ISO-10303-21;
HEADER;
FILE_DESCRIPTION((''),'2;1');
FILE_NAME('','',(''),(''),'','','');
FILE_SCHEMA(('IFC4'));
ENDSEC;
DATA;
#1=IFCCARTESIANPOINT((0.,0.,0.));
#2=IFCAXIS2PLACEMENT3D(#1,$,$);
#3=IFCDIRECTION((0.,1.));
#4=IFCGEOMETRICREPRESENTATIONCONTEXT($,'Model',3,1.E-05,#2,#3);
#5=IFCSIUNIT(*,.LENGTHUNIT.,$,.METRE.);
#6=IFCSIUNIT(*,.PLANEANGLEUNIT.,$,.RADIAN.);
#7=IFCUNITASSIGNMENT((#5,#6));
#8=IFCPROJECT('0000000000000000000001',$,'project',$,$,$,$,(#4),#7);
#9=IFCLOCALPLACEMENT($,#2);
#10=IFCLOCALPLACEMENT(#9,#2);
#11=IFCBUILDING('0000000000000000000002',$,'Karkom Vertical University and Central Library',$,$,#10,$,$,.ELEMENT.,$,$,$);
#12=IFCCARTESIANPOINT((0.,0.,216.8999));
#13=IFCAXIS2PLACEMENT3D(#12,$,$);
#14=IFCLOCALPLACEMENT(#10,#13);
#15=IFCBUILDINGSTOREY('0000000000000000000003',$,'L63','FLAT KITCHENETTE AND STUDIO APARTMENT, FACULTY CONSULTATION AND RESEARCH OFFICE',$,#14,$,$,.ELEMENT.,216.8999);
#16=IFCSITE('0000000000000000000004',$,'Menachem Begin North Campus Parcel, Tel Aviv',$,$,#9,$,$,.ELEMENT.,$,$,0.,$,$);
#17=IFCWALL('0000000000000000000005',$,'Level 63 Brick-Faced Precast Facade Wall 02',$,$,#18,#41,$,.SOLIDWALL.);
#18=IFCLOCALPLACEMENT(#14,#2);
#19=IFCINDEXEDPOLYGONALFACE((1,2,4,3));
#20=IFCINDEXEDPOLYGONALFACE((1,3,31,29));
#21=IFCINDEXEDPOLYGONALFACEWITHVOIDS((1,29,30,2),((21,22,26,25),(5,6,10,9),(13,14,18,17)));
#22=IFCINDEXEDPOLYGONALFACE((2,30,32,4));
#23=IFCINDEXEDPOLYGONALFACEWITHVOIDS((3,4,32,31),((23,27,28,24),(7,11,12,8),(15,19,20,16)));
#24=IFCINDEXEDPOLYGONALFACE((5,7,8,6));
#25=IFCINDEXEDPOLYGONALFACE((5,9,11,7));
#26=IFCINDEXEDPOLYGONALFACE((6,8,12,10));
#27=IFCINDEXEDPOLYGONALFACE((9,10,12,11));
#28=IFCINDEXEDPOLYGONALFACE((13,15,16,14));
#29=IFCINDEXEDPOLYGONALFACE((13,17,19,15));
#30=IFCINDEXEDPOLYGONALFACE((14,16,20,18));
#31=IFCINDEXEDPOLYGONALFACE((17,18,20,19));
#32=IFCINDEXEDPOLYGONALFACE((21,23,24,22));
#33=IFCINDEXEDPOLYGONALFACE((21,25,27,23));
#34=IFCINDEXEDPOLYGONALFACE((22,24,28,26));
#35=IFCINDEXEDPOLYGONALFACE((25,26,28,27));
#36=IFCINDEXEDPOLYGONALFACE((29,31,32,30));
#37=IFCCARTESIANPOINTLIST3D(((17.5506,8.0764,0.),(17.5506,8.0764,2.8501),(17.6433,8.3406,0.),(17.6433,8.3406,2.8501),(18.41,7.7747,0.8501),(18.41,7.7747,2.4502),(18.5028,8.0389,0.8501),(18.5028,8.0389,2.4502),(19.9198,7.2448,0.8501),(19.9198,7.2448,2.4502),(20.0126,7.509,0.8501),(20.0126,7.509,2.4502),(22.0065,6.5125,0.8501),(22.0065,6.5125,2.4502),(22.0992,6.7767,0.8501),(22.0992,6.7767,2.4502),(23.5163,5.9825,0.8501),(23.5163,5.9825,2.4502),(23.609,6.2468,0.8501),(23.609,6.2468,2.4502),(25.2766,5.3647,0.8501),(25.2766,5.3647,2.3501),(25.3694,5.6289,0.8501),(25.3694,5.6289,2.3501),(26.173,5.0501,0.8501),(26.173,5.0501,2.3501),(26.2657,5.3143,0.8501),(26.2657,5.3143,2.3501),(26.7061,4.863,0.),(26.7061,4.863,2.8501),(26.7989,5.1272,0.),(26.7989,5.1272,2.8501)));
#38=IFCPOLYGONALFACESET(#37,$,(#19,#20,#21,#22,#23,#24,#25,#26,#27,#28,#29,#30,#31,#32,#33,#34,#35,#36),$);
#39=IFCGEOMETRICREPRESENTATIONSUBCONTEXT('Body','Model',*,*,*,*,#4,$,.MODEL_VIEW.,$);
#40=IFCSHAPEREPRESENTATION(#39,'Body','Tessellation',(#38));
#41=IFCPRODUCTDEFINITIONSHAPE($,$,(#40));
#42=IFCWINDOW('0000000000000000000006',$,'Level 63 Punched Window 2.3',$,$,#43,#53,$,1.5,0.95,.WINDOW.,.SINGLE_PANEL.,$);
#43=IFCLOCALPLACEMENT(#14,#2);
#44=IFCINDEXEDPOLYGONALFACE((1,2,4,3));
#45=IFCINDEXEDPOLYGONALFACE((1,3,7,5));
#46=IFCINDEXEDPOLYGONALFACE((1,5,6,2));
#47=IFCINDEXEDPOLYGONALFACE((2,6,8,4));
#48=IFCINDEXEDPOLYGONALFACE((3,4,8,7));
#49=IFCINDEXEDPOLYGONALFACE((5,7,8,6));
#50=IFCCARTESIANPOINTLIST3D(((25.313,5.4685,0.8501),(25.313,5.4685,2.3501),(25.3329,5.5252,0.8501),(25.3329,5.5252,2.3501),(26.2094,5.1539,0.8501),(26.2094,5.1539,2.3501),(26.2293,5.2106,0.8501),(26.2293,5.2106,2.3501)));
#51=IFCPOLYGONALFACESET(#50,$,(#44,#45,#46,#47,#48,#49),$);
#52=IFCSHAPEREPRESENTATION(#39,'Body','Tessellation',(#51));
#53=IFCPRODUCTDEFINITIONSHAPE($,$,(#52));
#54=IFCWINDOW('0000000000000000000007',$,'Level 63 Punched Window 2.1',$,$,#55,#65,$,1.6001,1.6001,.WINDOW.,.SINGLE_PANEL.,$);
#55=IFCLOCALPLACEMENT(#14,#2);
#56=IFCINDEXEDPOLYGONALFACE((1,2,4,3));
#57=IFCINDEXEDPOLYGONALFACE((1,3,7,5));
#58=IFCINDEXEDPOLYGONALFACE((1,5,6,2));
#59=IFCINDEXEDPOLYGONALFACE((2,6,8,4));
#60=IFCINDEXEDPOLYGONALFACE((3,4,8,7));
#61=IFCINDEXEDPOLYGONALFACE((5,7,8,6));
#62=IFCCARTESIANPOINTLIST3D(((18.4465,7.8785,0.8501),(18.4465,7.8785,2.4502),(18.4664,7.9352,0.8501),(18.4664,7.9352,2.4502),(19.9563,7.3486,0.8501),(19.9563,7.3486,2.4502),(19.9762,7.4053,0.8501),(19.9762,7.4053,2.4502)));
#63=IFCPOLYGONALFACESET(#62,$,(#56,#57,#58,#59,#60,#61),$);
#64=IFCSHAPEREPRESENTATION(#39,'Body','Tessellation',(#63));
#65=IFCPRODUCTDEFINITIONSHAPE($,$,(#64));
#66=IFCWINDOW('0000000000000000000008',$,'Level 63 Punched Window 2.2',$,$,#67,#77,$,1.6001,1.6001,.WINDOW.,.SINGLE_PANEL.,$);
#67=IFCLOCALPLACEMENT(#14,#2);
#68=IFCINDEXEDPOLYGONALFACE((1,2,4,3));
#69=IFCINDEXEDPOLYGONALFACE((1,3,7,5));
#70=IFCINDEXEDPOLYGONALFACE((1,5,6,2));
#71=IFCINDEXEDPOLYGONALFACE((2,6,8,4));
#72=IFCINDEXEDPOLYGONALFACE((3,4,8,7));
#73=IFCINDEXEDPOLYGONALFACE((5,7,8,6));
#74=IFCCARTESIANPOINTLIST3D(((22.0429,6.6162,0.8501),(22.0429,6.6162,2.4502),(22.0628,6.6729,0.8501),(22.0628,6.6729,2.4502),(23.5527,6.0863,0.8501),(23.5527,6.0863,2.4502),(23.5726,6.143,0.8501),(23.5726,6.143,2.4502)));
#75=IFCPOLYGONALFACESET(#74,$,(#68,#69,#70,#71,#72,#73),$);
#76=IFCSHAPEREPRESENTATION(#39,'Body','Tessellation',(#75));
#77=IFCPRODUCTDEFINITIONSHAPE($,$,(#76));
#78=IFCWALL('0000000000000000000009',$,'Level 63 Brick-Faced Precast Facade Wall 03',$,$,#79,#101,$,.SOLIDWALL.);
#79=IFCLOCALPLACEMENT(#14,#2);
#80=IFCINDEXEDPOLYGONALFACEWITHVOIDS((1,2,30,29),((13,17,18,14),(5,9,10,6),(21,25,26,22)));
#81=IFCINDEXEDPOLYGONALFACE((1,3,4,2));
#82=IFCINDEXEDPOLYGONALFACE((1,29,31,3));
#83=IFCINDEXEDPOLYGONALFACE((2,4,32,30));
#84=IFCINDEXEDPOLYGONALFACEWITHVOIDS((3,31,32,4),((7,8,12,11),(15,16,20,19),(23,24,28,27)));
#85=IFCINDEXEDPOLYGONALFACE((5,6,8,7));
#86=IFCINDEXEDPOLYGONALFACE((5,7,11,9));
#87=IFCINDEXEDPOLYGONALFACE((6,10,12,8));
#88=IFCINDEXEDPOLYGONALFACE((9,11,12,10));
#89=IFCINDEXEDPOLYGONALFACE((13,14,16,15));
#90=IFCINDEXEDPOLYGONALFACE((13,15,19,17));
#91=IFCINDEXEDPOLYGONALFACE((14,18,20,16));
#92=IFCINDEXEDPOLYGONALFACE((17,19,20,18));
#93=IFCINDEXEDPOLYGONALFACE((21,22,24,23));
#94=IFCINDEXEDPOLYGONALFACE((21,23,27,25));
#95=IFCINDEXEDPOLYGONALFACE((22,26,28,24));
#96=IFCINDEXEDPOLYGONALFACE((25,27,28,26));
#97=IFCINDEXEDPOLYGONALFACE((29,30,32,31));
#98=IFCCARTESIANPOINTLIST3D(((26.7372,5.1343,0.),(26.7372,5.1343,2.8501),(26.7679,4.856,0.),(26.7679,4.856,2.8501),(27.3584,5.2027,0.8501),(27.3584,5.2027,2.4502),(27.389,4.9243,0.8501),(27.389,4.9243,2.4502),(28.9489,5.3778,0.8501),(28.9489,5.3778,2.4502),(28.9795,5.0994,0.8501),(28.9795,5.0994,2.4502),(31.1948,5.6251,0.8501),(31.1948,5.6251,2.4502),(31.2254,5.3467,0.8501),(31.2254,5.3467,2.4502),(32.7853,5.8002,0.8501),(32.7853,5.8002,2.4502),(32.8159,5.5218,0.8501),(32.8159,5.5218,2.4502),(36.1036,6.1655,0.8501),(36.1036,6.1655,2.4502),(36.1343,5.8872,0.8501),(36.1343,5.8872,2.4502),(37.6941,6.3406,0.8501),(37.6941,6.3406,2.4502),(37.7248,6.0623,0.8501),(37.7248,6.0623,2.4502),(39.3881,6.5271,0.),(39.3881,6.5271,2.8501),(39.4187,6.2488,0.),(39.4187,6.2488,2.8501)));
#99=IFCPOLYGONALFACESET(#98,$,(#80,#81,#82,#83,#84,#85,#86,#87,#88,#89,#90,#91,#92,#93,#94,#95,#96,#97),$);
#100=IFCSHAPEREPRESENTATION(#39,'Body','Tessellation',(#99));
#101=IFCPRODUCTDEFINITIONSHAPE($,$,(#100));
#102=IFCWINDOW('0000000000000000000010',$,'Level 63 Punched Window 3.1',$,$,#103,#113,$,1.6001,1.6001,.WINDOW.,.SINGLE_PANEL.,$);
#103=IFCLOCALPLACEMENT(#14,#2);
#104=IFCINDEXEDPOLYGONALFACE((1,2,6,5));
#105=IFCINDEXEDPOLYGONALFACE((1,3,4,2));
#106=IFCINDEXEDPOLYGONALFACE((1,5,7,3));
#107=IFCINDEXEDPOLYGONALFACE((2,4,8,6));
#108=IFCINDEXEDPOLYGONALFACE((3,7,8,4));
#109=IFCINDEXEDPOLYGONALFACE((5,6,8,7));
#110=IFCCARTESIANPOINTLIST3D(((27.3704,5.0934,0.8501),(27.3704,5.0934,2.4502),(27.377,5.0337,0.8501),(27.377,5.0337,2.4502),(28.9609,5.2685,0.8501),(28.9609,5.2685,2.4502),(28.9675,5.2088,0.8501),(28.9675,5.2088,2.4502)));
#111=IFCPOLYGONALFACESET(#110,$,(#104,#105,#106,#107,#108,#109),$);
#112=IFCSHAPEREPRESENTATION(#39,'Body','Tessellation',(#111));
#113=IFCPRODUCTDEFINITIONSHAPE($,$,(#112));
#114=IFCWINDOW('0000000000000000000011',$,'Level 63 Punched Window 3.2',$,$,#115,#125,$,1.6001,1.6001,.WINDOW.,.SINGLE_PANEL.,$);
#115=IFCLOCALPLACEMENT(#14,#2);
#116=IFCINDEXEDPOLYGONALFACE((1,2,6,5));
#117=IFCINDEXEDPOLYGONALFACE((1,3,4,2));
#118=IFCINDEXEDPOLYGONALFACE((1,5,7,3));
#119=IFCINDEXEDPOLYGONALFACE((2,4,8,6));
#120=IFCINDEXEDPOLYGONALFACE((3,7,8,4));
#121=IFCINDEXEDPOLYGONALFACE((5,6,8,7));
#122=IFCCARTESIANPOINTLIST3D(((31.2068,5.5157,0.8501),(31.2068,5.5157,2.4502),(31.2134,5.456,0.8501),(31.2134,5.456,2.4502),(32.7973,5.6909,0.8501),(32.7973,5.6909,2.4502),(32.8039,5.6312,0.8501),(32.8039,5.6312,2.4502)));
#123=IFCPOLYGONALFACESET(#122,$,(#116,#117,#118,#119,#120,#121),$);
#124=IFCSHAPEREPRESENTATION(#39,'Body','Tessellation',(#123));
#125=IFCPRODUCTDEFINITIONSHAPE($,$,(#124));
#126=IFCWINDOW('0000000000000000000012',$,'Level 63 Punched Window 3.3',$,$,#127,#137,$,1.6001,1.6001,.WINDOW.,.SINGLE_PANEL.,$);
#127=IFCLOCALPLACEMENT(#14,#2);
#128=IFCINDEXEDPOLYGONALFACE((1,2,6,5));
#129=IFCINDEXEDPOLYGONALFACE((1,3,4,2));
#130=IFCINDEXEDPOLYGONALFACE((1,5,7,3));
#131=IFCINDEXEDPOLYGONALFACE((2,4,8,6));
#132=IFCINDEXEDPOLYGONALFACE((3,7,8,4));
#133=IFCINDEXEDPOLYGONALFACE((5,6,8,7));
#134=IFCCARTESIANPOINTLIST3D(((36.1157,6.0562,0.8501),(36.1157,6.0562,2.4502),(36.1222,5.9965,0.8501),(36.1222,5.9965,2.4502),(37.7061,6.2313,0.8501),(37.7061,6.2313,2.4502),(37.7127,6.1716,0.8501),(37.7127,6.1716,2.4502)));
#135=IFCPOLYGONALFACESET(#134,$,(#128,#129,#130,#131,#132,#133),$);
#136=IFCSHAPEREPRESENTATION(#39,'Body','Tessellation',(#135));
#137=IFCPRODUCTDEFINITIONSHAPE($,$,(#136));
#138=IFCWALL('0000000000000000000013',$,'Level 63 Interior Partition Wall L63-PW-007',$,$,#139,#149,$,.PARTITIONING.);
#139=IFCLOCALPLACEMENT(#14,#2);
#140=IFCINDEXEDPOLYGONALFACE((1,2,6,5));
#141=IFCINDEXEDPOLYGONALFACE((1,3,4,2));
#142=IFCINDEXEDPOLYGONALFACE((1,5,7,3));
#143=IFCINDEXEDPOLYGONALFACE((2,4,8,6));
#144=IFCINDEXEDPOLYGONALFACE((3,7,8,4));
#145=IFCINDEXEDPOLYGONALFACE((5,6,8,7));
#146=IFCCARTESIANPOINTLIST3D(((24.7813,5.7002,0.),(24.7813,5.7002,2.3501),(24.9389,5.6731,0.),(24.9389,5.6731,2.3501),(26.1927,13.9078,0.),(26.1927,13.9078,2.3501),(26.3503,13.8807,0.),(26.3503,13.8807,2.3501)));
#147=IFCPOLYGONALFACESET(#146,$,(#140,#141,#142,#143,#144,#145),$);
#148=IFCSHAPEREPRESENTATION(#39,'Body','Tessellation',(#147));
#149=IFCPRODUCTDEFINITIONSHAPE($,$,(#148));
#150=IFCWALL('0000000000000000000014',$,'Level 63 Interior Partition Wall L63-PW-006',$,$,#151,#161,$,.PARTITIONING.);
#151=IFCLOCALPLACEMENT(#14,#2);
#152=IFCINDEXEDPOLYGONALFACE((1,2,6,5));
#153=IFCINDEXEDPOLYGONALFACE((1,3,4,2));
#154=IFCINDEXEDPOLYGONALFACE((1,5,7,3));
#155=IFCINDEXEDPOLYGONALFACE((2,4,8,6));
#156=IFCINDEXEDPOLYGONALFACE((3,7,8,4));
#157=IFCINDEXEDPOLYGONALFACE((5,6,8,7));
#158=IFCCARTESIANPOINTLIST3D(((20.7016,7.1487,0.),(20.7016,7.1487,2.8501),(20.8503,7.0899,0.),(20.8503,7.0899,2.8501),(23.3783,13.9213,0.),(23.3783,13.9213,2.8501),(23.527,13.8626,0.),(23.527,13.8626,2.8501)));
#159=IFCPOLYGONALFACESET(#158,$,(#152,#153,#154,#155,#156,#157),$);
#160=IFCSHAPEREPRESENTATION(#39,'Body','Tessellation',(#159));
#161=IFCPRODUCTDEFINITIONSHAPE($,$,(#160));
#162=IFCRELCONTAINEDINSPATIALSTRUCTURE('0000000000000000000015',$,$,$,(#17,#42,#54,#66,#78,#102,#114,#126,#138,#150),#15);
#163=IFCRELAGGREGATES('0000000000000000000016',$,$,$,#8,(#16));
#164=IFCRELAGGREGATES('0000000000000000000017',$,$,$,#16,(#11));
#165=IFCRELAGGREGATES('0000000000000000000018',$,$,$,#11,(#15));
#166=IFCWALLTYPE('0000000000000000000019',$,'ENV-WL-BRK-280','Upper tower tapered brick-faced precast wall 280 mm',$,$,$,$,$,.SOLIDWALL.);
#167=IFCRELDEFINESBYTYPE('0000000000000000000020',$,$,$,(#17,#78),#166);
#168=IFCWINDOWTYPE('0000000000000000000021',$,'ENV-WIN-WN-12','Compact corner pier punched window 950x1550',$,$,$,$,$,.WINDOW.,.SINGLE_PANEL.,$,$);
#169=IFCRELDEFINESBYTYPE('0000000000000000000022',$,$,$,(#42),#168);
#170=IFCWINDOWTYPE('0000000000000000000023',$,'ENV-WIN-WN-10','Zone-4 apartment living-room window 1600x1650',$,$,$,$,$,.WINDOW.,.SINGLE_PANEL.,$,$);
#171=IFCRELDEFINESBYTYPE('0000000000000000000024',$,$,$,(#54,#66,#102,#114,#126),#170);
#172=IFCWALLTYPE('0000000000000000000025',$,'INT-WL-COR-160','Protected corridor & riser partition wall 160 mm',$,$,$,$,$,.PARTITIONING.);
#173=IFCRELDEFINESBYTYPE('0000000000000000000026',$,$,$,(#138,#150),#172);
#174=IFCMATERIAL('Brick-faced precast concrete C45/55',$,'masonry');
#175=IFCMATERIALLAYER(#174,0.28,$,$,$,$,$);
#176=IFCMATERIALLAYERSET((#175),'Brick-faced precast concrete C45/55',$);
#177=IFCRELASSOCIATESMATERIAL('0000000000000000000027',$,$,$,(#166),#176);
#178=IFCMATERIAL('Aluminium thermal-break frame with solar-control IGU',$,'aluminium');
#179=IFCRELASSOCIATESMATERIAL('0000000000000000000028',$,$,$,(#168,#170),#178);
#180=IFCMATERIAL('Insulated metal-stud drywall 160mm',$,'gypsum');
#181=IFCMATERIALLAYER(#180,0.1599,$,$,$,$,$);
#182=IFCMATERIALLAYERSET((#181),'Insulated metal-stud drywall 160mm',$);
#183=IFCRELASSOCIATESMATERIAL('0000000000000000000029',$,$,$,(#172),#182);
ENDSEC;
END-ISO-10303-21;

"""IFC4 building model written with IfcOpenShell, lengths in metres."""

from ifc_helpers import new_model, si_unit, direction, frame, frame_2d, origin, origin_with_axes, place, context, subcontext, project, spatial, rectangle, extrude, source, transform, mapped, material, layer, layer_set, type_object, element, fill, save


model = new_model("IFC4")

# Units and contexts
model_context = context("Model", 3, precision=1e-05, world=origin(), true_north=direction((0.0, 1.0)))
body_context = subcontext(model_context, "Body", "Model", "MODEL_VIEW")
ifc_project = project(units=[si_unit("LENGTHUNIT", "METRE"), si_unit("PLANEANGLEUNIT", "RADIAN")], contexts=[model_context])

# Site, building, storey
site_placement = place(None, origin())
site = spatial("IfcSite", under=ifc_project, at=site_placement, Name="Menachem Begin North Campus Parcel, Tel Aviv", CompositionType="ELEMENT", RefElevation=0.0)
building_placement = place(site_placement, origin())
building = spatial("IfcBuilding", under=site, at=building_placement, Name="Karkom Vertical University and Central Library", CompositionType="ELEMENT")
storey_placement = place(building_placement, frame((0.0, 0.0, 216.8999)))
storey = spatial("IfcBuildingStorey", under=building, at=storey_placement, Name="L63", Description="FLAT KITCHENETTE AND STUDIO APARTMENT, FACULTY CONSULTATION AND RESEARCH OFFICE", CompositionType="ELEMENT", Elevation=216.8999)

# Walls, openings, windows
ifc_material_1 = material(Name="Brick-faced precast concrete C45/55", Category="masonry")
ifc_layer_1 = layer(ifc_material_1, 0.28)
ifc_layer_set_1 = layer_set([ifc_layer_1], Name="Brick-faced precast concrete C45/55")
wall_type_1 = type_object("IfcWallType", Name="ENV-WL-BRK-280", Description="Upper tower tapered brick-faced precast wall 280 mm", PredefinedType="SOLIDWALL", material=ifc_layer_set_1)
wall_1_placement = place(storey_placement, frame((17.5969, 8.2085, 0.0), z_axis=(0.0, 0.0, 1.0), x_axis=(0.94357, -0.331172, 0.0)))
wall_1 = element("IfcWall", 1, at=wall_1_placement, inside=storey, type_object=wall_type_1, Name="Level 63 Brick-Faced Precast Facade Wall 02", PredefinedType="SOLIDWALL", context=body_context, shape_type="SweptSolid", body=[
    extrude(rectangle(XDim=9.7031, YDim=0.28, at=frame_2d((4.8516, 0.0))), origin(), (0.0, 0.0, 1.0), 2.8501),
])
opening_1_placement = place(wall_1_placement, frame((0.9109, 0.0, 0.8501)))
opening_1 = element("IfcOpeningElement", 2, at=opening_1_placement, cuts=wall_1, PredefinedType="OPENING", context=body_context, shape_type="SweptSolid", body=[
    extrude(rectangle(XDim=1.6001, YDim=1.6001, at=frame_2d((0.8, 0.8))), frame((0.0, 0.1499, 0.0), z_axis=(0.0, -1.0, 0.0), x_axis=(1.0, 0.0, 0.0)), (0.0, 0.0, 1.0), 0.3),
])
opening_2_placement = place(wall_1_placement, frame((4.7224, 0.0, 0.8501)))
opening_2 = element("IfcOpeningElement", 3, at=opening_2_placement, cuts=wall_1, PredefinedType="OPENING", context=body_context, shape_type="SweptSolid", body=[
    extrude(rectangle(XDim=1.6001, YDim=1.6001, at=frame_2d((0.8, 0.8))), frame((0.0, 0.1499, 0.0), z_axis=(0.0, -1.0, 0.0), x_axis=(1.0, 0.0, 0.0)), (0.0, 0.0, 1.0), 0.3),
])
opening_3_placement = place(wall_1_placement, frame((8.188, 0.0, 0.8501)))
opening_3 = element("IfcOpeningElement", 4, at=opening_3_placement, cuts=wall_1, PredefinedType="OPENING", context=body_context, shape_type="SweptSolid", body=[
    extrude(rectangle(XDim=0.95, YDim=1.5, at=frame_2d((0.4751, 0.75))), frame((0.0, 0.1499, 0.0), z_axis=(0.0, -1.0, 0.0), x_axis=(1.0, 0.0, 0.0)), (0.0, 0.0, 1.0), 0.3),
])
ifc_material_2 = material(Name="Aluminium thermal-break frame with solar-control IGU", Category="aluminium")
window_type_1 = type_object("IfcWindowType", Name="ENV-WIN-WN-12", Description="Compact corner pier punched window 950x1550", PartitioningType="SINGLE_PANEL", PredefinedType="WINDOW", material=ifc_material_2)
shared_shape_1 = source(origin_with_axes(), body_context, "Body", "SweptSolid", [
    extrude(rectangle(XDim=0.95, YDim=1.5, at=frame_2d((0.4751, 0.75))), frame((0.0, 0.03, 0.0), z_axis=(0.0, -1.0, 0.0), x_axis=(1.0, 0.0, 0.0)), (0.0, 0.0, 1.0), 0.0601),
])
window_1_placement = place(opening_3_placement, origin())
window_1 = element("IfcWindow", 5, at=window_1_placement, inside=storey, type_object=window_type_1, Name="Level 63 Punched Window 2.3", OverallHeight=1.5, OverallWidth=0.95, PartitioningType="SINGLE_PANEL", PredefinedType="WINDOW", context=body_context, shape_type="MappedRepresentation", body=[
    mapped(shared_shape_1, transform((0.0, 0.0, 0.0), scale=1.0)),
])
fill(opening_3, window_1)
window_type_2 = type_object("IfcWindowType", Name="ENV-WIN-WN-10", Description="Zone-4 apartment living-room window 1600x1650", PartitioningType="SINGLE_PANEL", PredefinedType="WINDOW", material=ifc_material_2)
shared_shape_2 = source(origin_with_axes(), body_context, "Body", "SweptSolid", [
    extrude(rectangle(XDim=1.6001, YDim=1.6001, at=frame_2d((0.8, 0.8))), frame((0.0, 0.03, 0.0), z_axis=(0.0, -1.0, 0.0), x_axis=(1.0, 0.0, 0.0)), (0.0, 0.0, 1.0), 0.0601),
])
window_2_placement = place(opening_1_placement, origin())
window_2 = element("IfcWindow", 6, at=window_2_placement, inside=storey, type_object=window_type_2, Name="Level 63 Punched Window 2.1", OverallHeight=1.6001, OverallWidth=1.6001, PartitioningType="SINGLE_PANEL", PredefinedType="WINDOW", context=body_context, shape_type="MappedRepresentation", body=[
    mapped(shared_shape_2, transform((0.0, 0.0, 0.0), scale=1.0)),
])
fill(opening_1, window_2)
window_3_placement = place(opening_2_placement, origin())
window_3 = element("IfcWindow", 7, at=window_3_placement, inside=storey, type_object=window_type_2, Name="Level 63 Punched Window 2.2", OverallHeight=1.6001, OverallWidth=1.6001, PartitioningType="SINGLE_PANEL", PredefinedType="WINDOW", context=body_context, shape_type="MappedRepresentation", body=[
    mapped(shared_shape_2, transform((0.0, 0.0, 0.0), scale=1.0)),
])
fill(opening_2, window_3)
wall_2_placement = place(storey_placement, frame((26.7524, 4.9951, 0.0), z_axis=(0.0, 0.0, 1.0), x_axis=(0.993994, 0.109436, 0.0)))
wall_2 = element("IfcWall", 8, at=wall_2_placement, inside=storey, type_object=wall_type_1, Name="Level 63 Brick-Faced Precast Facade Wall 03", PredefinedType="SOLIDWALL", context=body_context, shape_type="SweptSolid", body=[
    extrude(rectangle(XDim=12.7273, YDim=0.28, at=frame_2d((6.3638, 0.0))), origin(), (0.0, 0.0, 1.0), 2.8501),
])
opening_4_placement = place(wall_2_placement, frame((0.625, 0.0, 0.8501)))
opening_4 = element("IfcOpeningElement", 9, at=opening_4_placement, cuts=wall_2, PredefinedType="OPENING", context=body_context, shape_type="SweptSolid", body=[
    extrude(rectangle(XDim=1.6001, YDim=1.6001, at=frame_2d((0.8, 0.8))), frame((0.0, 0.1499, 0.0), z_axis=(0.0, -1.0, 0.0), x_axis=(1.0, 0.0, 0.0)), (0.0, 0.0, 1.0), 0.3),
])
opening_5_placement = place(wall_2_placement, frame((4.4846, 0.0, 0.8501)))
opening_5 = element("IfcOpeningElement", 10, at=opening_5_placement, cuts=wall_2, PredefinedType="OPENING", context=body_context, shape_type="SweptSolid", body=[
    extrude(rectangle(XDim=1.6001, YDim=1.6001, at=frame_2d((0.8, 0.8))), frame((0.0, 0.1499, 0.0), z_axis=(0.0, -1.0, 0.0), x_axis=(1.0, 0.0, 0.0)), (0.0, 0.0, 1.0), 0.3),
])
opening_6_placement = place(wall_2_placement, frame((9.4231, 0.0, 0.8501)))
opening_6 = element("IfcOpeningElement", 11, at=opening_6_placement, cuts=wall_2, PredefinedType="OPENING", context=body_context, shape_type="SweptSolid", body=[
    extrude(rectangle(XDim=1.6001, YDim=1.6001, at=frame_2d((0.8, 0.8))), frame((0.0, 0.1499, 0.0), z_axis=(0.0, -1.0, 0.0), x_axis=(1.0, 0.0, 0.0)), (0.0, 0.0, 1.0), 0.3),
])
window_4_placement = place(opening_4_placement, origin())
window_4 = element("IfcWindow", 12, at=window_4_placement, inside=storey, type_object=window_type_2, Name="Level 63 Punched Window 3.1", OverallHeight=1.6001, OverallWidth=1.6001, PartitioningType="SINGLE_PANEL", PredefinedType="WINDOW", context=body_context, shape_type="MappedRepresentation", body=[
    mapped(shared_shape_2, transform((0.0, 0.0, 0.0), scale=1.0)),
])
fill(opening_4, window_4)
window_5_placement = place(opening_5_placement, origin())
window_5 = element("IfcWindow", 13, at=window_5_placement, inside=storey, type_object=window_type_2, Name="Level 63 Punched Window 3.2", OverallHeight=1.6001, OverallWidth=1.6001, PartitioningType="SINGLE_PANEL", PredefinedType="WINDOW", context=body_context, shape_type="MappedRepresentation", body=[
    mapped(shared_shape_2, transform((0.0, 0.0, 0.0), scale=1.0)),
])
fill(opening_5, window_5)
window_6_placement = place(opening_6_placement, origin())
window_6 = element("IfcWindow", 14, at=window_6_placement, inside=storey, type_object=window_type_2, Name="Level 63 Punched Window 3.3", OverallHeight=1.6001, OverallWidth=1.6001, PartitioningType="SINGLE_PANEL", PredefinedType="WINDOW", context=body_context, shape_type="MappedRepresentation", body=[
    mapped(shared_shape_2, transform((0.0, 0.0, 0.0), scale=1.0)),
])
fill(opening_6, window_6)

# Walls
ifc_material_3 = material(Name="Insulated metal-stud drywall 160mm", Category="gypsum")
ifc_layer_2 = layer(ifc_material_3, 0.1599)
ifc_layer_set_2 = layer_set([ifc_layer_2], Name="Insulated metal-stud drywall 160mm")
wall_type_2 = type_object("IfcWallType", Name="INT-WL-COR-160", Description="Protected corridor & riser partition wall 160 mm", PredefinedType="PARTITIONING", material=ifc_layer_set_2)
wall_3_placement = place(storey_placement, frame((26.2715, 13.8943, 0.0), z_axis=(0.0, 0.0, 1.0), x_axis=(-0.169469, -0.985536, 0.0)))
element("IfcWall", 15, at=wall_3_placement, inside=storey, type_object=wall_type_2, Name="Level 63 Interior Partition Wall L63-PW-007", PredefinedType="PARTITIONING", context=body_context, shape_type="SweptSolid", body=[
    extrude(rectangle(XDim=8.3281, YDim=0.1599, at=frame_2d((4.1641, 0.0))), origin(), (0.0, 0.0, 1.0), 2.3501),
])
wall_4_placement = place(storey_placement, frame((23.4526, 13.8918, 0.0), z_axis=(0.0, 0.0, 1.0), x_axis=(-0.367561, -0.929999, 0.0)))
element("IfcWall", 16, at=wall_4_placement, inside=storey, type_object=wall_type_2, Name="Level 63 Interior Partition Wall L63-PW-006", PredefinedType="PARTITIONING", context=body_context, shape_type="SweptSolid", body=[
    extrude(rectangle(XDim=7.2825, YDim=0.1599, at=frame_2d((3.6411, 0.0))), origin(), (0.0, 0.0, 1.0), 2.8501),
])

save(model, "model.ifc")
